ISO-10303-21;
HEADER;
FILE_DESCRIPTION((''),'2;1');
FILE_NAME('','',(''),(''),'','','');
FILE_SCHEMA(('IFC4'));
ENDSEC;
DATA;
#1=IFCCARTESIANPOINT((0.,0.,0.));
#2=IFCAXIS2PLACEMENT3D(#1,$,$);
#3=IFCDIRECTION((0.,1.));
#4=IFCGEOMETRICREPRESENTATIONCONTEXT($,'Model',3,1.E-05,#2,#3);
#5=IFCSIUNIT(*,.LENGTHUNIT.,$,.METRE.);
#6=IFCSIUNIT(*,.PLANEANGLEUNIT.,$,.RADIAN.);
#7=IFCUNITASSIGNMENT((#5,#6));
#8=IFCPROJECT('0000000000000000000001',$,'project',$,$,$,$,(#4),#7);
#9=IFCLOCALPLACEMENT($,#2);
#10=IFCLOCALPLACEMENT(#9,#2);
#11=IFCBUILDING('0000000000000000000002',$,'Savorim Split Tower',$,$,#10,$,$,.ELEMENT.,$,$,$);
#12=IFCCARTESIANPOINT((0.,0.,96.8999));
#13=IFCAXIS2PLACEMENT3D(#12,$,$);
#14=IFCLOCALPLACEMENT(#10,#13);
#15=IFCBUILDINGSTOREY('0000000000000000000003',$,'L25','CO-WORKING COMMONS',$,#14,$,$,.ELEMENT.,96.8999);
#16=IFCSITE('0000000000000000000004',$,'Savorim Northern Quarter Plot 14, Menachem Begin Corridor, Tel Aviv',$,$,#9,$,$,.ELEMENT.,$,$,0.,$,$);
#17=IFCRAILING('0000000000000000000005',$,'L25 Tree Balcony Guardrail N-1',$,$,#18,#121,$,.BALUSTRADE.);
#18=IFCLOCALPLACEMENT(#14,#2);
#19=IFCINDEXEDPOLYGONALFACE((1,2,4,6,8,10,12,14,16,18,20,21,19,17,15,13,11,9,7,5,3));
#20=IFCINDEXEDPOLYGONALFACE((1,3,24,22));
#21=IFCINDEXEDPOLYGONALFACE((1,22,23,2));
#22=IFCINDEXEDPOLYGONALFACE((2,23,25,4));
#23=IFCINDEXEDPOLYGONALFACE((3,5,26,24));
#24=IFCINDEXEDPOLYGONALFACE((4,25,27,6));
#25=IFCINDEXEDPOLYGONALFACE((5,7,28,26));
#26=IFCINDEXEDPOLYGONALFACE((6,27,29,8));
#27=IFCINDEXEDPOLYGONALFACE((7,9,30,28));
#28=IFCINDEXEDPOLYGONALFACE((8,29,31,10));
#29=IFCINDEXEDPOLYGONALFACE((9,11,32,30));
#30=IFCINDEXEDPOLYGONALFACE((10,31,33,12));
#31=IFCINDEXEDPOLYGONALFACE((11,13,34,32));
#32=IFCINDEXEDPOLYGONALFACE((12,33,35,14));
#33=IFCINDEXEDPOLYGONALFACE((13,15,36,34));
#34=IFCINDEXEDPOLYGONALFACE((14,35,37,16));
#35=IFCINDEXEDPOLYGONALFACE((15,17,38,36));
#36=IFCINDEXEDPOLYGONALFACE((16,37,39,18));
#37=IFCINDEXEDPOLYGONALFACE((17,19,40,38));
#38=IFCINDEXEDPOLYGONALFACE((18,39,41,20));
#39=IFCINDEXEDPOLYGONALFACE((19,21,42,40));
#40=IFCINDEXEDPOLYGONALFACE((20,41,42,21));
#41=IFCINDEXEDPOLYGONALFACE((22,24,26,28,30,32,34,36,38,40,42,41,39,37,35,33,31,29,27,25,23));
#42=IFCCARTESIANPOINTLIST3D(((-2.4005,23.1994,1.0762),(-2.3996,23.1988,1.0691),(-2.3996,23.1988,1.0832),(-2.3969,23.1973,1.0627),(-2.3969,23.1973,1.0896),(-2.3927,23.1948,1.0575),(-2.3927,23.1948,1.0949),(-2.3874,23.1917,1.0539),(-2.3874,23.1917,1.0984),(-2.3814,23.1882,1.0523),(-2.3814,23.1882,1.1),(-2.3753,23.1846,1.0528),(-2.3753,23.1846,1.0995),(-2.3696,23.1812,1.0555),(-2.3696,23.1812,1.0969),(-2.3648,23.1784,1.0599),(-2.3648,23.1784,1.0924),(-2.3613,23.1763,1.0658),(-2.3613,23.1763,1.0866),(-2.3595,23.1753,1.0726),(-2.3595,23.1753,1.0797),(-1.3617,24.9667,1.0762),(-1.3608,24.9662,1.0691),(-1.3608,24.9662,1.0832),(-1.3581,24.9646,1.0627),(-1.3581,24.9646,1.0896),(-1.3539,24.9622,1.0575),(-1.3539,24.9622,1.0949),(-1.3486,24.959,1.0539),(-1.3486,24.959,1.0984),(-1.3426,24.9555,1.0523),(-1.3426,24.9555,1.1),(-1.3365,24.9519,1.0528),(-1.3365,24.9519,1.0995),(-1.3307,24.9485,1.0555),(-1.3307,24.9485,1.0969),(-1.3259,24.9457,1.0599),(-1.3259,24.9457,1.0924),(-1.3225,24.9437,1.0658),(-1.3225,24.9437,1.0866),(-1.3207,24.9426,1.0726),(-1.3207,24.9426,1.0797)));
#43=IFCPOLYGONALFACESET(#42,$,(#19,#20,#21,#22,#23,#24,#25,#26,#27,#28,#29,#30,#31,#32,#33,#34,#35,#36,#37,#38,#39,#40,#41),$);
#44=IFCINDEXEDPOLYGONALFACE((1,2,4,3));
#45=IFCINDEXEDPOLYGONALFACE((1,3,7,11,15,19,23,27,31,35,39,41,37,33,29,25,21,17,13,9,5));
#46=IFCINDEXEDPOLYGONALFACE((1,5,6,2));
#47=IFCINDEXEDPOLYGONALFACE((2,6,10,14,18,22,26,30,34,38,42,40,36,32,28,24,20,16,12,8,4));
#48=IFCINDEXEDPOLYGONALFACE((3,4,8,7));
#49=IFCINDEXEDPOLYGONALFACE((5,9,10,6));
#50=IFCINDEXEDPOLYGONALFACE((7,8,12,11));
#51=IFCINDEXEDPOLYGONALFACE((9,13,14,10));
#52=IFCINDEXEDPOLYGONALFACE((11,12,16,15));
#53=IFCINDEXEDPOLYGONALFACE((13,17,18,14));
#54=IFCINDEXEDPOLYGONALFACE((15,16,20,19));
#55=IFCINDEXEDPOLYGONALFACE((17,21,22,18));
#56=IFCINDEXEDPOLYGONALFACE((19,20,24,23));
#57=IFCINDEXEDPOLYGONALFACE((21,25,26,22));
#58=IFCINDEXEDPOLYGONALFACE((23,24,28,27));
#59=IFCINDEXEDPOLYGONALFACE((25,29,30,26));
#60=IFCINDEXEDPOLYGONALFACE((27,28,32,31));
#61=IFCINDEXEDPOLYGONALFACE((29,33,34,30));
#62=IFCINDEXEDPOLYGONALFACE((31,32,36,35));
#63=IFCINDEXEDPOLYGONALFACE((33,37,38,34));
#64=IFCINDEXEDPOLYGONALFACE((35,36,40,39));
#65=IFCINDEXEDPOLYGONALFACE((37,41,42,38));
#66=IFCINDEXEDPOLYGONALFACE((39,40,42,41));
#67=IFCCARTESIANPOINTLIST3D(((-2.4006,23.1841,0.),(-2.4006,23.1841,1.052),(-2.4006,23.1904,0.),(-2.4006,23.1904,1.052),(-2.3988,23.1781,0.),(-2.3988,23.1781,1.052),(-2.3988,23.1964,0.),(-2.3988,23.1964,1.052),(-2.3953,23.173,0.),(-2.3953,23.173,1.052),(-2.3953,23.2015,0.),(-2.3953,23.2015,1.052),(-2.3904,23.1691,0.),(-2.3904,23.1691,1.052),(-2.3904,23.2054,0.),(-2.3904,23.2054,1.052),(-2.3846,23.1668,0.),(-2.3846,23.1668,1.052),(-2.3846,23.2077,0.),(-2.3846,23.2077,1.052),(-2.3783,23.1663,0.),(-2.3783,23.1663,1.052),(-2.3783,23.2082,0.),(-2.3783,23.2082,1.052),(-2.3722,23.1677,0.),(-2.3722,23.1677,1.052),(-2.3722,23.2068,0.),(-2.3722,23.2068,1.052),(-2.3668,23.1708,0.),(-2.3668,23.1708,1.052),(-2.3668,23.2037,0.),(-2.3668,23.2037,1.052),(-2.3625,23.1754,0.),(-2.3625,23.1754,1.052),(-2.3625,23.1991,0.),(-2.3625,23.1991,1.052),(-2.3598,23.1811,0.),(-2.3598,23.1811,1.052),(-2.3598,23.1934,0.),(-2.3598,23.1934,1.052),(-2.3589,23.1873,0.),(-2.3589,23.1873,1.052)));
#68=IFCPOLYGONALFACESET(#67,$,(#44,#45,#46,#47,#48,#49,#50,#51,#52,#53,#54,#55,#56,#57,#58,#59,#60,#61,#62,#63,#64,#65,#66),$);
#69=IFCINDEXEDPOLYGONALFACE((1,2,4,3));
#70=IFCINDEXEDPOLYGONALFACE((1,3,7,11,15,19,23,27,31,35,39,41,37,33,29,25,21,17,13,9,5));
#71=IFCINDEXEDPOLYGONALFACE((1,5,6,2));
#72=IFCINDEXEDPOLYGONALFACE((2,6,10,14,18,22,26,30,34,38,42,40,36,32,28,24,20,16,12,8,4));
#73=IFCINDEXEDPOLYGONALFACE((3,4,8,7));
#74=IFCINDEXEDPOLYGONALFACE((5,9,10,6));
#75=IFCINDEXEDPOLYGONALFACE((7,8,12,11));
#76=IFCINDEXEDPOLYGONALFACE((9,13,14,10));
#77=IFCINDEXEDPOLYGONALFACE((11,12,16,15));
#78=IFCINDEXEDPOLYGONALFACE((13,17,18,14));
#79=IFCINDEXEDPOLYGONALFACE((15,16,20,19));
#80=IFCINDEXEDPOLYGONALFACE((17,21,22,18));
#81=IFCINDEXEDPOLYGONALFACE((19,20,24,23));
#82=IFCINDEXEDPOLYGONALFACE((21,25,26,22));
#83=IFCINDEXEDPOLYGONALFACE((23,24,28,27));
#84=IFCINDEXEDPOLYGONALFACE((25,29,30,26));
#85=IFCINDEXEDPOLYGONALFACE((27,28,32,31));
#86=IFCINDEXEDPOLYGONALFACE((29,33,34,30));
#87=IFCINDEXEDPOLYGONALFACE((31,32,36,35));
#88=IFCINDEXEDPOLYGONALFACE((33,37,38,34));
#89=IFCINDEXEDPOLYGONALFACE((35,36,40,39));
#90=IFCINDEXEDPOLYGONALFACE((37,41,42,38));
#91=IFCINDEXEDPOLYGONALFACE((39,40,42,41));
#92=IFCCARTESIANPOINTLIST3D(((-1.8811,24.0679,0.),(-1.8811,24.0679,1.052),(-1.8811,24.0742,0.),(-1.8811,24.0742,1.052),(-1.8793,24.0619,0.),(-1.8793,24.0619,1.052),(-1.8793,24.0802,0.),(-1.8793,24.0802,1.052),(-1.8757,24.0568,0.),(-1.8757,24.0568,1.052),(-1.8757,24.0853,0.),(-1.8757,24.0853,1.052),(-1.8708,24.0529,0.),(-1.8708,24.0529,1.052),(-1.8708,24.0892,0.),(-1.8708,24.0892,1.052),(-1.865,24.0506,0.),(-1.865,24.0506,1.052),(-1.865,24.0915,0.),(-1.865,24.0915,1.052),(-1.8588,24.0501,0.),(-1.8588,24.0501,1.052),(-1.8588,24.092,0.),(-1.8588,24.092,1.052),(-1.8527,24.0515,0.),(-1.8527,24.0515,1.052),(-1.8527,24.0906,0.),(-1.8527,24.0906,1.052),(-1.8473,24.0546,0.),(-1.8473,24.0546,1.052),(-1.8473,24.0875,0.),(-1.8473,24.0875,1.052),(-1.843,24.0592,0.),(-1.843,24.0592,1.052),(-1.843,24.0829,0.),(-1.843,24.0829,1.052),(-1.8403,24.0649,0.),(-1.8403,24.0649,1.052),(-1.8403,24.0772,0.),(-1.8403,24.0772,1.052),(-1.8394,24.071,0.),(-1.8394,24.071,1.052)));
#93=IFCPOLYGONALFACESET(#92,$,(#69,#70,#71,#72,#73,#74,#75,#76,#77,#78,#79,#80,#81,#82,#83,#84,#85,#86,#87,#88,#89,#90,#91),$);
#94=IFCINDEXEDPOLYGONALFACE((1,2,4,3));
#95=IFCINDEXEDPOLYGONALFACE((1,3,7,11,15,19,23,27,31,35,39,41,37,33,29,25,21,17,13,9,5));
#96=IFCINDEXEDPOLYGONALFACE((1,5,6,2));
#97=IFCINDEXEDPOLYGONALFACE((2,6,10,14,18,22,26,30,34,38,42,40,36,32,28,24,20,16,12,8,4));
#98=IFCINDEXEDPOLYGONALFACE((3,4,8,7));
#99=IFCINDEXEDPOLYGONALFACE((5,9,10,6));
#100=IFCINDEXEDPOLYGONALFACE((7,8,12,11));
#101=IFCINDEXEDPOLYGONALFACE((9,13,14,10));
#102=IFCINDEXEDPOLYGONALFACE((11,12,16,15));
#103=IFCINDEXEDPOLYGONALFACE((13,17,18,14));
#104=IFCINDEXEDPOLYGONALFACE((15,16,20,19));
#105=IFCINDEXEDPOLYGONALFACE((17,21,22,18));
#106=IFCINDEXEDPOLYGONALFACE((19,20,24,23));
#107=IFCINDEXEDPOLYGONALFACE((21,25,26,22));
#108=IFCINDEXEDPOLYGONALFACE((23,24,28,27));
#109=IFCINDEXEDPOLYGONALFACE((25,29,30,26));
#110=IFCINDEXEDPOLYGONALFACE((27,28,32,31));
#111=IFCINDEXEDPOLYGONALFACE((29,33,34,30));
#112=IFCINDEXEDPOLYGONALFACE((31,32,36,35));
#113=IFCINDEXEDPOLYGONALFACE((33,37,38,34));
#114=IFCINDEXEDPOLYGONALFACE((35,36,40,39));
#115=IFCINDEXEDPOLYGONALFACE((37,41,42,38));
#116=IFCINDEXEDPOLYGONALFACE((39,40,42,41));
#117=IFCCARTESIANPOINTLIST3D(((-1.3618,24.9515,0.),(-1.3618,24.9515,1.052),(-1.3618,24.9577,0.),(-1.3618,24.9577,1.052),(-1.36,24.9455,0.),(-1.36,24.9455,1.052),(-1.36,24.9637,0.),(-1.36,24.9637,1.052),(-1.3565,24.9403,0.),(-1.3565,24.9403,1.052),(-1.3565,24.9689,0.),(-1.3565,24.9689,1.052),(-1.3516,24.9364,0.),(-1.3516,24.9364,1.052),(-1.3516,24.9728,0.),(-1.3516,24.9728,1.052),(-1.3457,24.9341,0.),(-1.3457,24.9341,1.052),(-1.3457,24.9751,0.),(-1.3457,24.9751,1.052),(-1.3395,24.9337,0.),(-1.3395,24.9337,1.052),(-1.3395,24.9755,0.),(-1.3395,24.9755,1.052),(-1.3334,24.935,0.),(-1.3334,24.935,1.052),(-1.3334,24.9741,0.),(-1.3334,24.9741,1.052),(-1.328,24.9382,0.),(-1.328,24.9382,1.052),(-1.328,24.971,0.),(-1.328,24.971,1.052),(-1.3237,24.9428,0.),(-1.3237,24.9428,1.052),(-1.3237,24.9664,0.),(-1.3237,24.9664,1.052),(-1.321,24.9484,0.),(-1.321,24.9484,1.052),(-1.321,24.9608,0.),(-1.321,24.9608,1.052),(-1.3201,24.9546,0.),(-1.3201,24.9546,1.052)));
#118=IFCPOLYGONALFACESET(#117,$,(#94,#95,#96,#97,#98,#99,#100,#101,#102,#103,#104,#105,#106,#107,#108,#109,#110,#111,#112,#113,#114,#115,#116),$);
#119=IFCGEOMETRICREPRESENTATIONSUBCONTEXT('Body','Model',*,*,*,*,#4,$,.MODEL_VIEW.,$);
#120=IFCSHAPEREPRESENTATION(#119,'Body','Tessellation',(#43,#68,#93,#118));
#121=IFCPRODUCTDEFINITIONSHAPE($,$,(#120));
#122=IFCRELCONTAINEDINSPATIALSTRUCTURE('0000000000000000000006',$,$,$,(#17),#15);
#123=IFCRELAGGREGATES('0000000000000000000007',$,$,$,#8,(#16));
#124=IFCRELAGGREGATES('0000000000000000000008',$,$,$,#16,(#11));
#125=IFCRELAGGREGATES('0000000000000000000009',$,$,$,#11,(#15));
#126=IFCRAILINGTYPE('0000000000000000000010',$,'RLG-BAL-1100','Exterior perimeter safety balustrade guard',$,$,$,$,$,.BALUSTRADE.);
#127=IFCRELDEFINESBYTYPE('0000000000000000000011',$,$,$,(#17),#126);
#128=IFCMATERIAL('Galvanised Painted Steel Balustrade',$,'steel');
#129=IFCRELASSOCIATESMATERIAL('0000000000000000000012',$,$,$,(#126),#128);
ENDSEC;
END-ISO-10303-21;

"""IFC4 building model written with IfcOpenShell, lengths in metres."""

from ifc_helpers import new_model, si_unit, direction, frame, origin, origin_2d, place, context, subcontext, project, spatial, circle, extrude, material, type_object, element, save


model = new_model("IFC4")

# Units and contexts
model_context = context("Model", 3, precision=1e-05, world=origin(), true_north=direction((0.0, 1.0)))
body_context = subcontext(model_context, "Body", "Model", "MODEL_VIEW")
ifc_project = project(units=[si_unit("LENGTHUNIT", "METRE"), si_unit("PLANEANGLEUNIT", "RADIAN")], contexts=[model_context])

# Site, building, storey
site_placement = place(None, origin())
site = spatial("IfcSite", under=ifc_project, at=site_placement, Name="Savorim Northern Quarter Plot 14, Menachem Begin Corridor, Tel Aviv", CompositionType="ELEMENT", RefElevation=0.0)
building_placement = place(site_placement, origin())
building = spatial("IfcBuilding", under=site, at=building_placement, Name="Savorim Split Tower", CompositionType="ELEMENT")
storey_placement = place(building_placement, frame((0.0, 0.0, 96.8999)))
storey = spatial("IfcBuildingStorey", under=building, at=storey_placement, Name="L25", Description="CO-WORKING COMMONS", CompositionType="ELEMENT", Elevation=96.8999)

# Railing
ifc_material_1 = material(Name="Galvanised Painted Steel Balustrade", Category="steel")
railing_type = type_object("IfcRailingType", Name="RLG-BAL-1100", Description="Exterior perimeter safety balustrade guard", PredefinedType="BALUSTRADE", material=ifc_material_1)
railing_1_placement = place(storey_placement, frame((-2.3799, 23.1873, 0.0)))
element("IfcRailing", 1, at=railing_1_placement, inside=storey, type_object=railing_type, Name="L25 Tree Balcony Guardrail N-1", PredefinedType="BALUSTRADE", context=body_context, shape_type="SweptSolid", body=[
    extrude(circle(Radius=0.0239, at=origin_2d()), frame((0.0, 0.0, 1.0762), z_axis=(0.506734, 0.862103, 0.0), x_axis=(-0.862103, 0.506734, 0.0)), (0.0, 0.0, 1.0), 2.05),
    extrude(circle(Radius=0.021, at=origin_2d()), origin(), (0.0, 0.0, 1.0), 1.052),
    extrude(circle(Radius=0.021, at=origin_2d()), frame((0.5195, 0.8838, 0.0)), (0.0, 0.0, 1.0), 1.052),
    extrude(circle(Radius=0.021, at=origin_2d()), frame((1.0388, 1.7673, 0.0)), (0.0, 0.0, 1.0), 1.052),
])

save(model, "model.ifc")
